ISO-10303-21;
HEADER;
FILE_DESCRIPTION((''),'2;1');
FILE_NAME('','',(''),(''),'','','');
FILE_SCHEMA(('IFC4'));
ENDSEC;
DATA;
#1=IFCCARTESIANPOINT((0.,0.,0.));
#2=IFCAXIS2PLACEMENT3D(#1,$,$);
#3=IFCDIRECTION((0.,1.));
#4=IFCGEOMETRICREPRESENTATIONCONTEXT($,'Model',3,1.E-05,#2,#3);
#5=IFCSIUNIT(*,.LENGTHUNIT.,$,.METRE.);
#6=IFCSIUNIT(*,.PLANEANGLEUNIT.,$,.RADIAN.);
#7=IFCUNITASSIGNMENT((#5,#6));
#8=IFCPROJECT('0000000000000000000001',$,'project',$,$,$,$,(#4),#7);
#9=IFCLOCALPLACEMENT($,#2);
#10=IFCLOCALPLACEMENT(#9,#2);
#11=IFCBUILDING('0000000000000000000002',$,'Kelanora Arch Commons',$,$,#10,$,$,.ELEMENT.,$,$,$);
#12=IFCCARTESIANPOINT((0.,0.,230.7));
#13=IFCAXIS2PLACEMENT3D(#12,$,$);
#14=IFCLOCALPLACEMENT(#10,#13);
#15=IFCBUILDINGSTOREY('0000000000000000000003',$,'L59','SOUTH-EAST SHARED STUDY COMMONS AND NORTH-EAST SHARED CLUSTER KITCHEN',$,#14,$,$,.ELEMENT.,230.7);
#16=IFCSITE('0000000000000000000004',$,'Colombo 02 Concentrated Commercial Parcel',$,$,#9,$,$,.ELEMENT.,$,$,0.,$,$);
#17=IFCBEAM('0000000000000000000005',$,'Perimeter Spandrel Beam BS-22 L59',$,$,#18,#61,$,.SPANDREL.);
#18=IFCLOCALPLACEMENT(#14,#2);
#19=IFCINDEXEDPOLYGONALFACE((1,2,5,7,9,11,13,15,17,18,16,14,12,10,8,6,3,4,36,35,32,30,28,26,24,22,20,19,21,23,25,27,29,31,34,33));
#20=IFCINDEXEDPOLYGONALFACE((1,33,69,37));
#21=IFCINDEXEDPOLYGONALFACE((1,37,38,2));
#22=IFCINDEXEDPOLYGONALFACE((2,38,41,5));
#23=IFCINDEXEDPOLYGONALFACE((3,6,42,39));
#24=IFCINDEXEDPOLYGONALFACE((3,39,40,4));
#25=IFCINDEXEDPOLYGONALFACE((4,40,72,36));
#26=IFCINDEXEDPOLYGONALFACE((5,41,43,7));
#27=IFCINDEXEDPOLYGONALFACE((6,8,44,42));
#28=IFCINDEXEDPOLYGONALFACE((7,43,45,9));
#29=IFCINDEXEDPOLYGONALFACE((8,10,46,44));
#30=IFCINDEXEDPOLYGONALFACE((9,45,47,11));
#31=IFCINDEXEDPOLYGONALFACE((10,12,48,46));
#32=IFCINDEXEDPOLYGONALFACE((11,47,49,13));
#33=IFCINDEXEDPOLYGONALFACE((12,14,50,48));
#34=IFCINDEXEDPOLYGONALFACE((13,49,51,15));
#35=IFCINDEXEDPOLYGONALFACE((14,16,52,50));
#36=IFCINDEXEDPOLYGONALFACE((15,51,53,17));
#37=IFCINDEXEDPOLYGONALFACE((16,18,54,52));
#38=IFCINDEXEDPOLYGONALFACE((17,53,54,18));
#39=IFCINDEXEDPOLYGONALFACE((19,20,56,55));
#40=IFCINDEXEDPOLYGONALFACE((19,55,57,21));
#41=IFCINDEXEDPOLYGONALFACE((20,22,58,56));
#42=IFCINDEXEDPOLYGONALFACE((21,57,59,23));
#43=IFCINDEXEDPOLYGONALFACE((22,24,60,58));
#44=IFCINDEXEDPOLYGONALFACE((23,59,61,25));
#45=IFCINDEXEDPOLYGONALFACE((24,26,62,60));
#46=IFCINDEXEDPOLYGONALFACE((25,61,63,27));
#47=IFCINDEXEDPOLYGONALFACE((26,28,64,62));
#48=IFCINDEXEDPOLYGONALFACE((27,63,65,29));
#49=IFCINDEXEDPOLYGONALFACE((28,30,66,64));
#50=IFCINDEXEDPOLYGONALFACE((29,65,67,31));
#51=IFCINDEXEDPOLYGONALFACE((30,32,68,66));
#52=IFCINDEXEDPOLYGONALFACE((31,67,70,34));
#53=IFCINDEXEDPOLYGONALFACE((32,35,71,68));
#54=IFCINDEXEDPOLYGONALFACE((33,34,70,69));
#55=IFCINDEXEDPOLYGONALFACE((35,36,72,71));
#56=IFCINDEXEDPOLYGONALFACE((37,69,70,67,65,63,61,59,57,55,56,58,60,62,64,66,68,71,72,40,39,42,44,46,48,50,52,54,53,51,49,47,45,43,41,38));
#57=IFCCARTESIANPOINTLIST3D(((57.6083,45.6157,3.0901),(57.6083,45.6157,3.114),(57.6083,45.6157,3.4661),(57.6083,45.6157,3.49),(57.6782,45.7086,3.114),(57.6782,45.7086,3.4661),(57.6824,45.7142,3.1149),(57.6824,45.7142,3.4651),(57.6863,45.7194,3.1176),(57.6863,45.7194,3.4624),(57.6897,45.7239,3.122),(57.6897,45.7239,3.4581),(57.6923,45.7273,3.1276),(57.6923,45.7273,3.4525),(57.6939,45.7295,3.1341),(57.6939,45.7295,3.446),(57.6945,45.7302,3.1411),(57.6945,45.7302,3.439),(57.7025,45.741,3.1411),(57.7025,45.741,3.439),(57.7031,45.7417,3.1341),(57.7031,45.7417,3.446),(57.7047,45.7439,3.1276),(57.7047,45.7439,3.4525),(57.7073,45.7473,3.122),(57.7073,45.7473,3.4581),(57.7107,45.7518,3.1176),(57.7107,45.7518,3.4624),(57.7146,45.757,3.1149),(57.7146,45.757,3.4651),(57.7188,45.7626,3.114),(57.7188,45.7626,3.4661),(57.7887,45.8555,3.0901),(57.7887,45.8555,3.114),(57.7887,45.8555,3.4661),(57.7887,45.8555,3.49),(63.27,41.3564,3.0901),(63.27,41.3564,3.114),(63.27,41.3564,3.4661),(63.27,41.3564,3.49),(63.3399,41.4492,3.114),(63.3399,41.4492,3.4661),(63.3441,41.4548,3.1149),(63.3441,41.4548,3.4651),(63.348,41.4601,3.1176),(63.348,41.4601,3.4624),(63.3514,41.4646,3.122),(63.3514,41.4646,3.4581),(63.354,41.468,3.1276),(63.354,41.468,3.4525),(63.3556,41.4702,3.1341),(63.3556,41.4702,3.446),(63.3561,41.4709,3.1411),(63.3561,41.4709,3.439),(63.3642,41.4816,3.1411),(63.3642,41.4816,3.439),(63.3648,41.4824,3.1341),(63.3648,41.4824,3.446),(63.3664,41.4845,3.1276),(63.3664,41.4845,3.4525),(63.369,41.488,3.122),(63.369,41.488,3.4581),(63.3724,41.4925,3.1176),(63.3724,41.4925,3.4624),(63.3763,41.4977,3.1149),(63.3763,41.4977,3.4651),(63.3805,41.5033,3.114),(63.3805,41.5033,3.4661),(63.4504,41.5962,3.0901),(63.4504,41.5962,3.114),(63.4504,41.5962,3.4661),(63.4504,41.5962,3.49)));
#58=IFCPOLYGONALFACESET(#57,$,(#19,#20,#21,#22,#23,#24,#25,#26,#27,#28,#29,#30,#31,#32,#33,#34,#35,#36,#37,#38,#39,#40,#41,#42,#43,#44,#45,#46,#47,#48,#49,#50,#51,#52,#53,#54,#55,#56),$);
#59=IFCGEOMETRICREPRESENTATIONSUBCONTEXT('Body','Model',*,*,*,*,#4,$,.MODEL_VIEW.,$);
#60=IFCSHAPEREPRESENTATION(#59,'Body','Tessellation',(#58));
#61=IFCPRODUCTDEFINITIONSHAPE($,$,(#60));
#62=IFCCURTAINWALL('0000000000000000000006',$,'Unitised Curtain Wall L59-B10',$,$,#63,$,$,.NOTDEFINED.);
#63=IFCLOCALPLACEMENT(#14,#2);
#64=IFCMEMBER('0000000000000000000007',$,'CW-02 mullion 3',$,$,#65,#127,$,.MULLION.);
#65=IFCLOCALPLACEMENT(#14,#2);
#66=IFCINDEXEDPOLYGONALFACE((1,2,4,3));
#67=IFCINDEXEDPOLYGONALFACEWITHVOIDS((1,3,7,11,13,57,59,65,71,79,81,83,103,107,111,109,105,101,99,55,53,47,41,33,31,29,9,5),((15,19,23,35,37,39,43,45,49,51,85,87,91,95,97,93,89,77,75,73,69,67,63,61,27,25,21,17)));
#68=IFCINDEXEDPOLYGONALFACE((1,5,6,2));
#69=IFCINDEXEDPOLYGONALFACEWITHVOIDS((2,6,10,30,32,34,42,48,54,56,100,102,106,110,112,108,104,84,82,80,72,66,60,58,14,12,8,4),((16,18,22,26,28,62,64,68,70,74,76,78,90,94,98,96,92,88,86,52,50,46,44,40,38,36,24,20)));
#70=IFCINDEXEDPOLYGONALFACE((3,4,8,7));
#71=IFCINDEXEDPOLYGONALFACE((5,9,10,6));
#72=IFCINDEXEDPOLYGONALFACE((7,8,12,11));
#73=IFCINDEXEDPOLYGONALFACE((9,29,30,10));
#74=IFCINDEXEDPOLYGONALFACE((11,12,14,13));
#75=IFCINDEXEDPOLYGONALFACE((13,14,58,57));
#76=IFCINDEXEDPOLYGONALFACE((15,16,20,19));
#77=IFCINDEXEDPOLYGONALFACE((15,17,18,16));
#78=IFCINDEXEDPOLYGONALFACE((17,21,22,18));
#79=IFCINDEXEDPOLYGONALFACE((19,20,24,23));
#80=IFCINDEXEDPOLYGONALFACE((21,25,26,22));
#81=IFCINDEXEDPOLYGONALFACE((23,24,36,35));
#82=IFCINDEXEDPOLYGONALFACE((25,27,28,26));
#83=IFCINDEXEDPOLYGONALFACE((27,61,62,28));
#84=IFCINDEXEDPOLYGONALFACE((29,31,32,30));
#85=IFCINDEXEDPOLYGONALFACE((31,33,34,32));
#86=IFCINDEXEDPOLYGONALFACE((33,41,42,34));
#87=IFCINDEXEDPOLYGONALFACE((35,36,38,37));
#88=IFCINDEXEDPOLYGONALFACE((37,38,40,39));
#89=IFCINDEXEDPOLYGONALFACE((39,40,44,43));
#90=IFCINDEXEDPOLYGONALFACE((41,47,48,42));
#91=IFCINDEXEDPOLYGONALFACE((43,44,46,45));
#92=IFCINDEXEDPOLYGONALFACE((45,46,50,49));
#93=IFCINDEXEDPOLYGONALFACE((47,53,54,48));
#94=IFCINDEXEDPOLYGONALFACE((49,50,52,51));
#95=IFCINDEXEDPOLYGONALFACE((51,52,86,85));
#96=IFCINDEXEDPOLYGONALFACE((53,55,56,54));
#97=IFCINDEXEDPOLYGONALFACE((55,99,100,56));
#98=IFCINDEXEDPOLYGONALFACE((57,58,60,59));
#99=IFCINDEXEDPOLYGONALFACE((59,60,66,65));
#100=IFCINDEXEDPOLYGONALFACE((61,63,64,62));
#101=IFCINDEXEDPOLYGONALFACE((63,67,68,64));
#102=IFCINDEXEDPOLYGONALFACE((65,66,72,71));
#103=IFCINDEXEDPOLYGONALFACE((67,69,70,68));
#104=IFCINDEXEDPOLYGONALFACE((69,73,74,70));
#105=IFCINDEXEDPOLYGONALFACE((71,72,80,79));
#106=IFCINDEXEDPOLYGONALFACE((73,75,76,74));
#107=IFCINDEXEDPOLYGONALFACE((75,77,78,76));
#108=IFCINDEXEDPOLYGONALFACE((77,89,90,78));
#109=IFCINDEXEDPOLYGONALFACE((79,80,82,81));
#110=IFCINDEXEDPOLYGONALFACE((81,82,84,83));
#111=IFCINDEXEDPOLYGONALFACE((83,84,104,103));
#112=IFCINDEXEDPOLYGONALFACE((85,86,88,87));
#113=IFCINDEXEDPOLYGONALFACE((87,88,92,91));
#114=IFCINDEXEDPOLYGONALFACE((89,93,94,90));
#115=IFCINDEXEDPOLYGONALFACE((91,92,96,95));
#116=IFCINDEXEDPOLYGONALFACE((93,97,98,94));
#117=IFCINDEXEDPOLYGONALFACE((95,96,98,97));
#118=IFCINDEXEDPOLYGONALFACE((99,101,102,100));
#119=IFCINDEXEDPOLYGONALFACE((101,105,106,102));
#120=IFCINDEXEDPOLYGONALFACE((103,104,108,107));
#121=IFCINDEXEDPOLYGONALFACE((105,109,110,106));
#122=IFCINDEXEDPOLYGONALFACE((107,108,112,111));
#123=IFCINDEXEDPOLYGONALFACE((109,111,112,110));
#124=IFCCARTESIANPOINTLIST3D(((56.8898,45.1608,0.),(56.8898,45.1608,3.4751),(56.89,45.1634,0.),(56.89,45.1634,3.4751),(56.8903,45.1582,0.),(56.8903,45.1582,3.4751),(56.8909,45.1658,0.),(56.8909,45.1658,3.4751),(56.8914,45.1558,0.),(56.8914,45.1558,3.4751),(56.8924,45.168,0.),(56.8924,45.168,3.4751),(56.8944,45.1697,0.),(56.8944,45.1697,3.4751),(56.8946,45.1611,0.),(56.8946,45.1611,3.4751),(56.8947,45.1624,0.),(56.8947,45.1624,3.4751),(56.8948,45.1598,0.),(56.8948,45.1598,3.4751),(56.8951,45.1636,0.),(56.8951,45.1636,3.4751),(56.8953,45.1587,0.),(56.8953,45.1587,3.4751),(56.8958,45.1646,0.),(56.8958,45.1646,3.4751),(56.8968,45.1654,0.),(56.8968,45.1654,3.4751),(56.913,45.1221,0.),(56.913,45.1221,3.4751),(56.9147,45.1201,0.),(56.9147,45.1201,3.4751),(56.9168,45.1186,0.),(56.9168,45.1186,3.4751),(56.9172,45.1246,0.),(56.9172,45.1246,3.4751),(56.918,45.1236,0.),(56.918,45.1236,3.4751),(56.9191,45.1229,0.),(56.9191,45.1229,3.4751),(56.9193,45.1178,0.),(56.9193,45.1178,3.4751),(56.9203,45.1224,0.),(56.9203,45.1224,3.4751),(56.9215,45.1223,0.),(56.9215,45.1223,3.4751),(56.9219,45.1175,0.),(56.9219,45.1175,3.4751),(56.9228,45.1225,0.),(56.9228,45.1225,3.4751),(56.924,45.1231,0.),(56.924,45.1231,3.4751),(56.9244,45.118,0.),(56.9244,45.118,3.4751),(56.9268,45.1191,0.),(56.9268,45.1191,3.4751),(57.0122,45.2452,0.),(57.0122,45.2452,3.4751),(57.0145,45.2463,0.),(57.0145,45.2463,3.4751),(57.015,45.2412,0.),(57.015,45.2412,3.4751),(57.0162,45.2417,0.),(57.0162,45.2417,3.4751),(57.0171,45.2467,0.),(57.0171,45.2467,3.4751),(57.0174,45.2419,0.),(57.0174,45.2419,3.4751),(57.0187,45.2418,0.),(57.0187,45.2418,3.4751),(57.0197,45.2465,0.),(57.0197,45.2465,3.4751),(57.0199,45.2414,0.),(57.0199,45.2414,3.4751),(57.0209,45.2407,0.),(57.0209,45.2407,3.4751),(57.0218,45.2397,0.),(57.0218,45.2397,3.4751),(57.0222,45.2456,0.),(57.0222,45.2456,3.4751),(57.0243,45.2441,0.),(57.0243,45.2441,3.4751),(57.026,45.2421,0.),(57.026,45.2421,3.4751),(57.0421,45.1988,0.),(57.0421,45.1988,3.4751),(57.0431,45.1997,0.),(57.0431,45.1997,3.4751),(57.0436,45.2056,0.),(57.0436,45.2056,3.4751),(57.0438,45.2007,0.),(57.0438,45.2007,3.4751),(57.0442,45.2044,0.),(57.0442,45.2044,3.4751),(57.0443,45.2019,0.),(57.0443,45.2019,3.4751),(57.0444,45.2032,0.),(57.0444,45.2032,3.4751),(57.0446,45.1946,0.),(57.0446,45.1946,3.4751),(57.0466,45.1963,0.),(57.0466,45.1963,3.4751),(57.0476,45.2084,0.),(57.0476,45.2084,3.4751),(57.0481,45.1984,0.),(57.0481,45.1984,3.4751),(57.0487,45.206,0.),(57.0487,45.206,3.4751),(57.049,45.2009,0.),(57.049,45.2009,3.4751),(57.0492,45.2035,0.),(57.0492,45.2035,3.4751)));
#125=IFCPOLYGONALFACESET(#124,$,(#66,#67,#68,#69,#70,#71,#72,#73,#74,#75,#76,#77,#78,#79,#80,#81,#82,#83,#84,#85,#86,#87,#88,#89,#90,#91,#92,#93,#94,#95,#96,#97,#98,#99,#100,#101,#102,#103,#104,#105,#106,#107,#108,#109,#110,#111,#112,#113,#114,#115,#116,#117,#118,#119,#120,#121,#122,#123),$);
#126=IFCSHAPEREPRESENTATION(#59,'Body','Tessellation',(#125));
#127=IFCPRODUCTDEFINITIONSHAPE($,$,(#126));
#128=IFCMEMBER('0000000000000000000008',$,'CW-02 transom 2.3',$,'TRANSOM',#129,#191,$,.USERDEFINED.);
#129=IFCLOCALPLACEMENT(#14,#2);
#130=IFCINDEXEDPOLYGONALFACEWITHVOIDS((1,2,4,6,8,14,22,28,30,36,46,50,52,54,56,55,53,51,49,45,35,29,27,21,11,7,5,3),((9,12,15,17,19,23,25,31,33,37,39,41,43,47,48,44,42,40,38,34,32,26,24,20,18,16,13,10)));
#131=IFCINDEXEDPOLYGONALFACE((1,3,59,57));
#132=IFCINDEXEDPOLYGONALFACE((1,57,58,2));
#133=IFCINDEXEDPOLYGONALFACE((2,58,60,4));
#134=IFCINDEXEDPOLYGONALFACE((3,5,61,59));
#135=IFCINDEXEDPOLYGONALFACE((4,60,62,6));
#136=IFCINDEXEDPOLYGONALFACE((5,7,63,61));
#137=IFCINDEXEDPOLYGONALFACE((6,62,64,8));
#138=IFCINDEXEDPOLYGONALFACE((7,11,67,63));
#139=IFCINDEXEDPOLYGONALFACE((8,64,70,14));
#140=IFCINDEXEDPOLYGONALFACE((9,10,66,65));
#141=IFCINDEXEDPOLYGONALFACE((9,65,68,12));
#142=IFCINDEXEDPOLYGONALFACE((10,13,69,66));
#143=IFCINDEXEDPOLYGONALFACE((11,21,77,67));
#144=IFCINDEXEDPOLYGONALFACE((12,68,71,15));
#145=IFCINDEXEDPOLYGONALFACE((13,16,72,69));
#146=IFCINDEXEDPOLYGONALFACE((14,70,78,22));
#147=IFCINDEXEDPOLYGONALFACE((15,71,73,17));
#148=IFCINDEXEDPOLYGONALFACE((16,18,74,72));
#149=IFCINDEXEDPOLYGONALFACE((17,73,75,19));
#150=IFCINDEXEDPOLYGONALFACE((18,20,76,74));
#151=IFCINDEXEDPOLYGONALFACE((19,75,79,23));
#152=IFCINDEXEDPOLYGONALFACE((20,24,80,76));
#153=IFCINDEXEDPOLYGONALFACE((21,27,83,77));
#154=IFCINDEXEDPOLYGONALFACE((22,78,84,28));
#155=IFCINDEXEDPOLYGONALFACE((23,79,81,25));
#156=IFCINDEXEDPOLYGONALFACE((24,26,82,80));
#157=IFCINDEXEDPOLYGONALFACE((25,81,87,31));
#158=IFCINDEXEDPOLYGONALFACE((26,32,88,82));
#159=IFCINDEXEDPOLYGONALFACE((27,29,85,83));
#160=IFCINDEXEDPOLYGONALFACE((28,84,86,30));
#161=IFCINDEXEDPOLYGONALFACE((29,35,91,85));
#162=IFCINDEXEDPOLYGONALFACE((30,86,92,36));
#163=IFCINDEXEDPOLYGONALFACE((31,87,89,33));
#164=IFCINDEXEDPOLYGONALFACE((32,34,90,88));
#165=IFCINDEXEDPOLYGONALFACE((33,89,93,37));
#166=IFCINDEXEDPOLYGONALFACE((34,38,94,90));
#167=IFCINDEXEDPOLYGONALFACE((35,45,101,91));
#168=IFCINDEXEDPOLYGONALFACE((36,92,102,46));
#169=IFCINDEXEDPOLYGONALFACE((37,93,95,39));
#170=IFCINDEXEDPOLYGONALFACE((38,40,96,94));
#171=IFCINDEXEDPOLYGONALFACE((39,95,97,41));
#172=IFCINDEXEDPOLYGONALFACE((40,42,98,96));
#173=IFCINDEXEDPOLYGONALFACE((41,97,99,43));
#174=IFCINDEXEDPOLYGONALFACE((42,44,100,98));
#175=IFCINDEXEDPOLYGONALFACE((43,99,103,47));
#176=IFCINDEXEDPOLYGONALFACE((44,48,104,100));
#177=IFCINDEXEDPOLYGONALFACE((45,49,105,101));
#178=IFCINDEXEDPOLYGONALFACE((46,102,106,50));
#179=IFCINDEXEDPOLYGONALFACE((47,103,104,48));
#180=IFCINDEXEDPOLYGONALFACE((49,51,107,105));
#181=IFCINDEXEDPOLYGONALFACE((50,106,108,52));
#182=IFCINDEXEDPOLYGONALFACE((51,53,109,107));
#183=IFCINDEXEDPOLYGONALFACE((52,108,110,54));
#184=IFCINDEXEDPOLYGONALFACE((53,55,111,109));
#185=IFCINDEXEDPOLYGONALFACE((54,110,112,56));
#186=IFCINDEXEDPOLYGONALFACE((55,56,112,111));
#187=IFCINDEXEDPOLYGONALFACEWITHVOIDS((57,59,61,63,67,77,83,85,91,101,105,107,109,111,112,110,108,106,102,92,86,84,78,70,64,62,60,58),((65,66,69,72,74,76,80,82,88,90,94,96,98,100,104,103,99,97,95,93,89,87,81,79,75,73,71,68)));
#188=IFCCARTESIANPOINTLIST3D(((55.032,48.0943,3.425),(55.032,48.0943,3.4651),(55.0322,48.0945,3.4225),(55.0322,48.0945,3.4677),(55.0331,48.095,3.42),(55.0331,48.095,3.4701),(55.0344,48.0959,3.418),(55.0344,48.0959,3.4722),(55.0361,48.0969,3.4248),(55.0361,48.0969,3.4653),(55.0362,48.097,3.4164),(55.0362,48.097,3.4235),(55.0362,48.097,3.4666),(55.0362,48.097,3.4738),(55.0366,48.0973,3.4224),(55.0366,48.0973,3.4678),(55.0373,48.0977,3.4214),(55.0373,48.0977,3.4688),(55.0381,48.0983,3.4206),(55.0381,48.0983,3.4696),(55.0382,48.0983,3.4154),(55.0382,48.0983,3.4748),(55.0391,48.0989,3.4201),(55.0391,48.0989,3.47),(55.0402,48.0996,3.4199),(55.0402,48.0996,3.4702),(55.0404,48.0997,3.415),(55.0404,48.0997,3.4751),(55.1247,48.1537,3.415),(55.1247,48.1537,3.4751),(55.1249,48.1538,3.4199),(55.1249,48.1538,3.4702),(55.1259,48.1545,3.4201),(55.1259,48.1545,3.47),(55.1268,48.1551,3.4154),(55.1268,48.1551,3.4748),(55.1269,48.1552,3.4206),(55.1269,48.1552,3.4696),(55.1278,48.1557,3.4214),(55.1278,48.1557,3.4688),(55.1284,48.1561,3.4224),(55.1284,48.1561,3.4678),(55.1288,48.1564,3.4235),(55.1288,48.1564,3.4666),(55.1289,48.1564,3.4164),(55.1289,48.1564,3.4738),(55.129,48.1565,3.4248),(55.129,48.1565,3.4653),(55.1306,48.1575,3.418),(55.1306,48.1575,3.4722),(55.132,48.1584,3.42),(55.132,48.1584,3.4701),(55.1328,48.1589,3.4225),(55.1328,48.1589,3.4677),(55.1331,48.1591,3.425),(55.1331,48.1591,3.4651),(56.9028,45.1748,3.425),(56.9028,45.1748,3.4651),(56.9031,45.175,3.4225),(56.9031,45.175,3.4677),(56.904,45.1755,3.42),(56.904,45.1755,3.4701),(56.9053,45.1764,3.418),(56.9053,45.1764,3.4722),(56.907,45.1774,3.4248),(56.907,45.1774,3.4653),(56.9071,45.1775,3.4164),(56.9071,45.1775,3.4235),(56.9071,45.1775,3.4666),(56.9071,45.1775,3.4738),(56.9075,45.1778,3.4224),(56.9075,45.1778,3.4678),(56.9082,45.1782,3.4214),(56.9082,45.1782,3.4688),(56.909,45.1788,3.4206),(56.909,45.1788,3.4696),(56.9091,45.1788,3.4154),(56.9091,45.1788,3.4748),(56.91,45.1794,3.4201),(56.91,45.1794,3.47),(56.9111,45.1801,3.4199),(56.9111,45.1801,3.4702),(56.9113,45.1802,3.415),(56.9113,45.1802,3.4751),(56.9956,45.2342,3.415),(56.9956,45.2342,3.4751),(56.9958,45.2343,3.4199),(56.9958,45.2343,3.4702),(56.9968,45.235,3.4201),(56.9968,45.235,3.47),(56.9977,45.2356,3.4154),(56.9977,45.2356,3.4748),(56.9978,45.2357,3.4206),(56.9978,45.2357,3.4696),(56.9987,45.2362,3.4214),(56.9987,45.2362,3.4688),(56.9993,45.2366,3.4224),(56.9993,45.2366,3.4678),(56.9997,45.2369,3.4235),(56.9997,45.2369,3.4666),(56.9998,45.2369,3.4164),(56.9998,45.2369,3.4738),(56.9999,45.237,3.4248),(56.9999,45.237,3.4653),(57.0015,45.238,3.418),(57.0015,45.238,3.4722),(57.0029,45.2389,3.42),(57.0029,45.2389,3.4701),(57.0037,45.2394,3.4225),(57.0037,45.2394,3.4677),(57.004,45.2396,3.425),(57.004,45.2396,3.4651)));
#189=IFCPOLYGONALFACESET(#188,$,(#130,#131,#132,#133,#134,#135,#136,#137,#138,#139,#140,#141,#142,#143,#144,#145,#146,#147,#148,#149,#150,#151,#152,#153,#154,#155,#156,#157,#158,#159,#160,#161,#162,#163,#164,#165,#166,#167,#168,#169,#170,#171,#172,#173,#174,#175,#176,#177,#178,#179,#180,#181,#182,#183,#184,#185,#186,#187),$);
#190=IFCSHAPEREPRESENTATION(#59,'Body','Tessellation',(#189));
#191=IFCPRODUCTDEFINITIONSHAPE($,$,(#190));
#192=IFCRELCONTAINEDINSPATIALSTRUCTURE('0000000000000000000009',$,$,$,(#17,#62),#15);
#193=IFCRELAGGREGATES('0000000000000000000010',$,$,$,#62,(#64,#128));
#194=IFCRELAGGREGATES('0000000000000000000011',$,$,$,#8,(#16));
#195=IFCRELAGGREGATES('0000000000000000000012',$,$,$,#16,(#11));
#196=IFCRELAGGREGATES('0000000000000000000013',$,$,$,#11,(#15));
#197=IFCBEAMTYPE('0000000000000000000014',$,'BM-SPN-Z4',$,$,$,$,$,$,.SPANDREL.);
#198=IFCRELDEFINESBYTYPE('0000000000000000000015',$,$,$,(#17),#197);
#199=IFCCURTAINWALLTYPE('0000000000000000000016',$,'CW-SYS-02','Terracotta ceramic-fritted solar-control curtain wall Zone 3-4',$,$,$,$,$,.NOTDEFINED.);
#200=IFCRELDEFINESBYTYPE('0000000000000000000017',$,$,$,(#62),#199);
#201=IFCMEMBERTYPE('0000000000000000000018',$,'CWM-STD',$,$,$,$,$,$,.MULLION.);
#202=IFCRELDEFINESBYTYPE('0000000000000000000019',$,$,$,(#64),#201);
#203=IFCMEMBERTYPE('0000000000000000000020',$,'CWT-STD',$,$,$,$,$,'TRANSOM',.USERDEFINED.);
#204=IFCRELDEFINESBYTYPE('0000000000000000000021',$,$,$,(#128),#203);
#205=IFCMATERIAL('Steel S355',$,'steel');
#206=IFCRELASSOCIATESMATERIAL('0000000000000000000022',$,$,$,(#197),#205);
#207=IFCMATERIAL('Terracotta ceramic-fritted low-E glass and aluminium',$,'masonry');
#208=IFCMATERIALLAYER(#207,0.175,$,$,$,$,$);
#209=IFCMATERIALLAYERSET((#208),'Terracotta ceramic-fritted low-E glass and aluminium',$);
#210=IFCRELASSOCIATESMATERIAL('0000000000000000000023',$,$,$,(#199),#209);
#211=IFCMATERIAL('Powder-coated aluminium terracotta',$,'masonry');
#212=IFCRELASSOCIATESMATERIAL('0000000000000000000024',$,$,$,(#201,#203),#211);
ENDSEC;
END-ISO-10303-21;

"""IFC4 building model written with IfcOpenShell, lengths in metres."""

from ifc_helpers import new_model, si_unit, direction, frame, origin, origin_2d, place, context, subcontext, project, spatial, hollow_rectangle, i_section, extrude, material, layer, layer_set, material_profile, profile_set, type_object, element, aggregate, save


model = new_model("IFC4")

# Units and contexts
model_context = context("Model", 3, precision=1e-05, world=origin(), true_north=direction((0.0, 1.0)))
body_context = subcontext(model_context, "Body", "Model", "MODEL_VIEW")
ifc_project = project(units=[si_unit("LENGTHUNIT", "METRE"), si_unit("PLANEANGLEUNIT", "RADIAN")], contexts=[model_context])

# Site, building, storey
site_placement = place(None, origin())
site = spatial("IfcSite", under=ifc_project, at=site_placement, Name="Colombo 02 Concentrated Commercial Parcel", CompositionType="ELEMENT", RefElevation=0.0)
building_placement = place(site_placement, origin())
building = spatial("IfcBuilding", under=site, at=building_placement, Name="Kelanora Arch Commons", CompositionType="ELEMENT")
storey_placement = place(building_placement, frame((0.0, 0.0, 230.7)))
storey = spatial("IfcBuildingStorey", under=building, at=storey_placement, Name="L59", Description="SOUTH-EAST SHARED STUDY COMMONS AND NORTH-EAST SHARED CLUSTER KITCHEN", CompositionType="ELEMENT", Elevation=230.7)

# Beam
ifc_material_1 = material(Name="Steel S355", Category="steel")
ifc_material_profile_1 = material_profile(ifc_material_1, i_section(OverallWidth=0.3, OverallDepth=0.3999, WebThickness=0.0134, FlangeThickness=0.0239, FilletRadius=0.0271, at=origin_2d()), Name="HEB400")
ifc_profile_set_1 = profile_set([ifc_material_profile_1], Name="Steel S355")
beam_type_1 = type_object("IfcBeamType", Name="BM-SPN-Z4", PredefinedType="SPANDREL", material=ifc_profile_set_1)
beam_1_placement = place(storey_placement, frame((57.6985, 45.7356, 3.29), z_axis=(0.799114, -0.601179, 0.0), x_axis=(0.601179, 0.799114, 0.0)))
element("IfcBeam", 1, at=beam_1_placement, inside=storey, type_object=beam_type_1, Name="Perimeter Spandrel Beam BS-22 L59", PredefinedType="SPANDREL", context=body_context, shape_type="SweptSolid", body=[
    extrude(i_section(OverallWidth=0.3, OverallDepth=0.3999, WebThickness=0.0134, FlangeThickness=0.0239, FilletRadius=0.0271, at=origin_2d()), origin(), (0.0, 0.0, 1.0), 7.085),
])

# Curtain wall, members
ifc_material_2 = material(Name="Terracotta ceramic-fritted low-E glass and aluminium", Category="masonry")
ifc_layer_1 = layer(ifc_material_2, 0.175)
ifc_layer_set_1 = layer_set([ifc_layer_1], Name="Terracotta ceramic-fritted low-E glass and aluminium")
curtain_wall_type = type_object("IfcCurtainWallType", Name="CW-SYS-02", Description="Terracotta ceramic-fritted solar-control curtain wall Zone 3-4", PredefinedType="NOTDEFINED", material=ifc_layer_set_1)
curtain_wall_placement = place(storey_placement, origin())
curtain_wall = element("IfcCurtainWall", 2, at=curtain_wall_placement, inside=storey, type_object=curtain_wall_type, Name="Unitised Curtain Wall L59-B10", PredefinedType="NOTDEFINED")
ifc_material_3 = material(Name="Powder-coated aluminium terracotta", Category="masonry")
ifc_material_profile_2 = material_profile(ifc_material_3, hollow_rectangle(XDim=0.1599, YDim=0.0601, WallThickness=0.0049, InnerFilletRadius=0.0049, OuterFilletRadius=0.01, at=origin_2d()), Name="CWM160x60")
ifc_profile_set_2 = profile_set([ifc_material_profile_2], Name="Powder-coated aluminium terracotta")
member_type_1 = type_object("IfcMemberType", Name="CWM-STD", PredefinedType="MULLION", material=ifc_profile_set_2)
member_1_placement = place(storey_placement, frame((56.9695, 45.1821, 0.0), z_axis=(0.0, 0.0, 1.0), x_axis=(0.841948, 0.539559, 0.0)))
member_1 = element("IfcMember", 3, at=member_1_placement, type_object=member_type_1, Name="CW-02 mullion 3", PredefinedType="MULLION", context=body_context, shape_type="SweptSolid", body=[
    extrude(hollow_rectangle(XDim=0.1599, YDim=0.0601, WallThickness=0.0049, InnerFilletRadius=0.0049, OuterFilletRadius=0.01, at=origin_2d()), origin(), (0.0, 0.0, 1.0), 3.4751),
])
ifc_material_profile_3 = material_profile(ifc_material_3, hollow_rectangle(XDim=0.1201, YDim=0.0601, WallThickness=0.0049, InnerFilletRadius=0.0049, OuterFilletRadius=0.01, at=origin_2d()), Name="CWT120x60")
ifc_profile_set_3 = profile_set([ifc_material_profile_3], Name="Powder-coated aluminium terracotta")
member_type_2 = type_object("IfcMemberType", Name="CWT-STD", ElementType="TRANSOM", PredefinedType="USERDEFINED", material=ifc_profile_set_3)
member_2_placement = place(storey_placement, frame((55.0825, 48.1267, 3.4451), z_axis=(0.539547, -0.841955, 0.0), x_axis=(0.841955, 0.539547, 0.0)))
member_2 = element("IfcMember", 4, at=member_2_placement, type_object=member_type_2, Name="CW-02 transom 2.3", ObjectType="TRANSOM", PredefinedType="USERDEFINED", context=body_context, shape_type="SweptSolid", body=[
    extrude(hollow_rectangle(XDim=0.1201, YDim=0.0601, WallThickness=0.0049, InnerFilletRadius=0.0049, OuterFilletRadius=0.01, at=origin_2d()), origin(), (0.0, 0.0, 1.0), 3.4675),
])
aggregate(curtain_wall, [member_1, member_2])

save(model, "model.ifc")
